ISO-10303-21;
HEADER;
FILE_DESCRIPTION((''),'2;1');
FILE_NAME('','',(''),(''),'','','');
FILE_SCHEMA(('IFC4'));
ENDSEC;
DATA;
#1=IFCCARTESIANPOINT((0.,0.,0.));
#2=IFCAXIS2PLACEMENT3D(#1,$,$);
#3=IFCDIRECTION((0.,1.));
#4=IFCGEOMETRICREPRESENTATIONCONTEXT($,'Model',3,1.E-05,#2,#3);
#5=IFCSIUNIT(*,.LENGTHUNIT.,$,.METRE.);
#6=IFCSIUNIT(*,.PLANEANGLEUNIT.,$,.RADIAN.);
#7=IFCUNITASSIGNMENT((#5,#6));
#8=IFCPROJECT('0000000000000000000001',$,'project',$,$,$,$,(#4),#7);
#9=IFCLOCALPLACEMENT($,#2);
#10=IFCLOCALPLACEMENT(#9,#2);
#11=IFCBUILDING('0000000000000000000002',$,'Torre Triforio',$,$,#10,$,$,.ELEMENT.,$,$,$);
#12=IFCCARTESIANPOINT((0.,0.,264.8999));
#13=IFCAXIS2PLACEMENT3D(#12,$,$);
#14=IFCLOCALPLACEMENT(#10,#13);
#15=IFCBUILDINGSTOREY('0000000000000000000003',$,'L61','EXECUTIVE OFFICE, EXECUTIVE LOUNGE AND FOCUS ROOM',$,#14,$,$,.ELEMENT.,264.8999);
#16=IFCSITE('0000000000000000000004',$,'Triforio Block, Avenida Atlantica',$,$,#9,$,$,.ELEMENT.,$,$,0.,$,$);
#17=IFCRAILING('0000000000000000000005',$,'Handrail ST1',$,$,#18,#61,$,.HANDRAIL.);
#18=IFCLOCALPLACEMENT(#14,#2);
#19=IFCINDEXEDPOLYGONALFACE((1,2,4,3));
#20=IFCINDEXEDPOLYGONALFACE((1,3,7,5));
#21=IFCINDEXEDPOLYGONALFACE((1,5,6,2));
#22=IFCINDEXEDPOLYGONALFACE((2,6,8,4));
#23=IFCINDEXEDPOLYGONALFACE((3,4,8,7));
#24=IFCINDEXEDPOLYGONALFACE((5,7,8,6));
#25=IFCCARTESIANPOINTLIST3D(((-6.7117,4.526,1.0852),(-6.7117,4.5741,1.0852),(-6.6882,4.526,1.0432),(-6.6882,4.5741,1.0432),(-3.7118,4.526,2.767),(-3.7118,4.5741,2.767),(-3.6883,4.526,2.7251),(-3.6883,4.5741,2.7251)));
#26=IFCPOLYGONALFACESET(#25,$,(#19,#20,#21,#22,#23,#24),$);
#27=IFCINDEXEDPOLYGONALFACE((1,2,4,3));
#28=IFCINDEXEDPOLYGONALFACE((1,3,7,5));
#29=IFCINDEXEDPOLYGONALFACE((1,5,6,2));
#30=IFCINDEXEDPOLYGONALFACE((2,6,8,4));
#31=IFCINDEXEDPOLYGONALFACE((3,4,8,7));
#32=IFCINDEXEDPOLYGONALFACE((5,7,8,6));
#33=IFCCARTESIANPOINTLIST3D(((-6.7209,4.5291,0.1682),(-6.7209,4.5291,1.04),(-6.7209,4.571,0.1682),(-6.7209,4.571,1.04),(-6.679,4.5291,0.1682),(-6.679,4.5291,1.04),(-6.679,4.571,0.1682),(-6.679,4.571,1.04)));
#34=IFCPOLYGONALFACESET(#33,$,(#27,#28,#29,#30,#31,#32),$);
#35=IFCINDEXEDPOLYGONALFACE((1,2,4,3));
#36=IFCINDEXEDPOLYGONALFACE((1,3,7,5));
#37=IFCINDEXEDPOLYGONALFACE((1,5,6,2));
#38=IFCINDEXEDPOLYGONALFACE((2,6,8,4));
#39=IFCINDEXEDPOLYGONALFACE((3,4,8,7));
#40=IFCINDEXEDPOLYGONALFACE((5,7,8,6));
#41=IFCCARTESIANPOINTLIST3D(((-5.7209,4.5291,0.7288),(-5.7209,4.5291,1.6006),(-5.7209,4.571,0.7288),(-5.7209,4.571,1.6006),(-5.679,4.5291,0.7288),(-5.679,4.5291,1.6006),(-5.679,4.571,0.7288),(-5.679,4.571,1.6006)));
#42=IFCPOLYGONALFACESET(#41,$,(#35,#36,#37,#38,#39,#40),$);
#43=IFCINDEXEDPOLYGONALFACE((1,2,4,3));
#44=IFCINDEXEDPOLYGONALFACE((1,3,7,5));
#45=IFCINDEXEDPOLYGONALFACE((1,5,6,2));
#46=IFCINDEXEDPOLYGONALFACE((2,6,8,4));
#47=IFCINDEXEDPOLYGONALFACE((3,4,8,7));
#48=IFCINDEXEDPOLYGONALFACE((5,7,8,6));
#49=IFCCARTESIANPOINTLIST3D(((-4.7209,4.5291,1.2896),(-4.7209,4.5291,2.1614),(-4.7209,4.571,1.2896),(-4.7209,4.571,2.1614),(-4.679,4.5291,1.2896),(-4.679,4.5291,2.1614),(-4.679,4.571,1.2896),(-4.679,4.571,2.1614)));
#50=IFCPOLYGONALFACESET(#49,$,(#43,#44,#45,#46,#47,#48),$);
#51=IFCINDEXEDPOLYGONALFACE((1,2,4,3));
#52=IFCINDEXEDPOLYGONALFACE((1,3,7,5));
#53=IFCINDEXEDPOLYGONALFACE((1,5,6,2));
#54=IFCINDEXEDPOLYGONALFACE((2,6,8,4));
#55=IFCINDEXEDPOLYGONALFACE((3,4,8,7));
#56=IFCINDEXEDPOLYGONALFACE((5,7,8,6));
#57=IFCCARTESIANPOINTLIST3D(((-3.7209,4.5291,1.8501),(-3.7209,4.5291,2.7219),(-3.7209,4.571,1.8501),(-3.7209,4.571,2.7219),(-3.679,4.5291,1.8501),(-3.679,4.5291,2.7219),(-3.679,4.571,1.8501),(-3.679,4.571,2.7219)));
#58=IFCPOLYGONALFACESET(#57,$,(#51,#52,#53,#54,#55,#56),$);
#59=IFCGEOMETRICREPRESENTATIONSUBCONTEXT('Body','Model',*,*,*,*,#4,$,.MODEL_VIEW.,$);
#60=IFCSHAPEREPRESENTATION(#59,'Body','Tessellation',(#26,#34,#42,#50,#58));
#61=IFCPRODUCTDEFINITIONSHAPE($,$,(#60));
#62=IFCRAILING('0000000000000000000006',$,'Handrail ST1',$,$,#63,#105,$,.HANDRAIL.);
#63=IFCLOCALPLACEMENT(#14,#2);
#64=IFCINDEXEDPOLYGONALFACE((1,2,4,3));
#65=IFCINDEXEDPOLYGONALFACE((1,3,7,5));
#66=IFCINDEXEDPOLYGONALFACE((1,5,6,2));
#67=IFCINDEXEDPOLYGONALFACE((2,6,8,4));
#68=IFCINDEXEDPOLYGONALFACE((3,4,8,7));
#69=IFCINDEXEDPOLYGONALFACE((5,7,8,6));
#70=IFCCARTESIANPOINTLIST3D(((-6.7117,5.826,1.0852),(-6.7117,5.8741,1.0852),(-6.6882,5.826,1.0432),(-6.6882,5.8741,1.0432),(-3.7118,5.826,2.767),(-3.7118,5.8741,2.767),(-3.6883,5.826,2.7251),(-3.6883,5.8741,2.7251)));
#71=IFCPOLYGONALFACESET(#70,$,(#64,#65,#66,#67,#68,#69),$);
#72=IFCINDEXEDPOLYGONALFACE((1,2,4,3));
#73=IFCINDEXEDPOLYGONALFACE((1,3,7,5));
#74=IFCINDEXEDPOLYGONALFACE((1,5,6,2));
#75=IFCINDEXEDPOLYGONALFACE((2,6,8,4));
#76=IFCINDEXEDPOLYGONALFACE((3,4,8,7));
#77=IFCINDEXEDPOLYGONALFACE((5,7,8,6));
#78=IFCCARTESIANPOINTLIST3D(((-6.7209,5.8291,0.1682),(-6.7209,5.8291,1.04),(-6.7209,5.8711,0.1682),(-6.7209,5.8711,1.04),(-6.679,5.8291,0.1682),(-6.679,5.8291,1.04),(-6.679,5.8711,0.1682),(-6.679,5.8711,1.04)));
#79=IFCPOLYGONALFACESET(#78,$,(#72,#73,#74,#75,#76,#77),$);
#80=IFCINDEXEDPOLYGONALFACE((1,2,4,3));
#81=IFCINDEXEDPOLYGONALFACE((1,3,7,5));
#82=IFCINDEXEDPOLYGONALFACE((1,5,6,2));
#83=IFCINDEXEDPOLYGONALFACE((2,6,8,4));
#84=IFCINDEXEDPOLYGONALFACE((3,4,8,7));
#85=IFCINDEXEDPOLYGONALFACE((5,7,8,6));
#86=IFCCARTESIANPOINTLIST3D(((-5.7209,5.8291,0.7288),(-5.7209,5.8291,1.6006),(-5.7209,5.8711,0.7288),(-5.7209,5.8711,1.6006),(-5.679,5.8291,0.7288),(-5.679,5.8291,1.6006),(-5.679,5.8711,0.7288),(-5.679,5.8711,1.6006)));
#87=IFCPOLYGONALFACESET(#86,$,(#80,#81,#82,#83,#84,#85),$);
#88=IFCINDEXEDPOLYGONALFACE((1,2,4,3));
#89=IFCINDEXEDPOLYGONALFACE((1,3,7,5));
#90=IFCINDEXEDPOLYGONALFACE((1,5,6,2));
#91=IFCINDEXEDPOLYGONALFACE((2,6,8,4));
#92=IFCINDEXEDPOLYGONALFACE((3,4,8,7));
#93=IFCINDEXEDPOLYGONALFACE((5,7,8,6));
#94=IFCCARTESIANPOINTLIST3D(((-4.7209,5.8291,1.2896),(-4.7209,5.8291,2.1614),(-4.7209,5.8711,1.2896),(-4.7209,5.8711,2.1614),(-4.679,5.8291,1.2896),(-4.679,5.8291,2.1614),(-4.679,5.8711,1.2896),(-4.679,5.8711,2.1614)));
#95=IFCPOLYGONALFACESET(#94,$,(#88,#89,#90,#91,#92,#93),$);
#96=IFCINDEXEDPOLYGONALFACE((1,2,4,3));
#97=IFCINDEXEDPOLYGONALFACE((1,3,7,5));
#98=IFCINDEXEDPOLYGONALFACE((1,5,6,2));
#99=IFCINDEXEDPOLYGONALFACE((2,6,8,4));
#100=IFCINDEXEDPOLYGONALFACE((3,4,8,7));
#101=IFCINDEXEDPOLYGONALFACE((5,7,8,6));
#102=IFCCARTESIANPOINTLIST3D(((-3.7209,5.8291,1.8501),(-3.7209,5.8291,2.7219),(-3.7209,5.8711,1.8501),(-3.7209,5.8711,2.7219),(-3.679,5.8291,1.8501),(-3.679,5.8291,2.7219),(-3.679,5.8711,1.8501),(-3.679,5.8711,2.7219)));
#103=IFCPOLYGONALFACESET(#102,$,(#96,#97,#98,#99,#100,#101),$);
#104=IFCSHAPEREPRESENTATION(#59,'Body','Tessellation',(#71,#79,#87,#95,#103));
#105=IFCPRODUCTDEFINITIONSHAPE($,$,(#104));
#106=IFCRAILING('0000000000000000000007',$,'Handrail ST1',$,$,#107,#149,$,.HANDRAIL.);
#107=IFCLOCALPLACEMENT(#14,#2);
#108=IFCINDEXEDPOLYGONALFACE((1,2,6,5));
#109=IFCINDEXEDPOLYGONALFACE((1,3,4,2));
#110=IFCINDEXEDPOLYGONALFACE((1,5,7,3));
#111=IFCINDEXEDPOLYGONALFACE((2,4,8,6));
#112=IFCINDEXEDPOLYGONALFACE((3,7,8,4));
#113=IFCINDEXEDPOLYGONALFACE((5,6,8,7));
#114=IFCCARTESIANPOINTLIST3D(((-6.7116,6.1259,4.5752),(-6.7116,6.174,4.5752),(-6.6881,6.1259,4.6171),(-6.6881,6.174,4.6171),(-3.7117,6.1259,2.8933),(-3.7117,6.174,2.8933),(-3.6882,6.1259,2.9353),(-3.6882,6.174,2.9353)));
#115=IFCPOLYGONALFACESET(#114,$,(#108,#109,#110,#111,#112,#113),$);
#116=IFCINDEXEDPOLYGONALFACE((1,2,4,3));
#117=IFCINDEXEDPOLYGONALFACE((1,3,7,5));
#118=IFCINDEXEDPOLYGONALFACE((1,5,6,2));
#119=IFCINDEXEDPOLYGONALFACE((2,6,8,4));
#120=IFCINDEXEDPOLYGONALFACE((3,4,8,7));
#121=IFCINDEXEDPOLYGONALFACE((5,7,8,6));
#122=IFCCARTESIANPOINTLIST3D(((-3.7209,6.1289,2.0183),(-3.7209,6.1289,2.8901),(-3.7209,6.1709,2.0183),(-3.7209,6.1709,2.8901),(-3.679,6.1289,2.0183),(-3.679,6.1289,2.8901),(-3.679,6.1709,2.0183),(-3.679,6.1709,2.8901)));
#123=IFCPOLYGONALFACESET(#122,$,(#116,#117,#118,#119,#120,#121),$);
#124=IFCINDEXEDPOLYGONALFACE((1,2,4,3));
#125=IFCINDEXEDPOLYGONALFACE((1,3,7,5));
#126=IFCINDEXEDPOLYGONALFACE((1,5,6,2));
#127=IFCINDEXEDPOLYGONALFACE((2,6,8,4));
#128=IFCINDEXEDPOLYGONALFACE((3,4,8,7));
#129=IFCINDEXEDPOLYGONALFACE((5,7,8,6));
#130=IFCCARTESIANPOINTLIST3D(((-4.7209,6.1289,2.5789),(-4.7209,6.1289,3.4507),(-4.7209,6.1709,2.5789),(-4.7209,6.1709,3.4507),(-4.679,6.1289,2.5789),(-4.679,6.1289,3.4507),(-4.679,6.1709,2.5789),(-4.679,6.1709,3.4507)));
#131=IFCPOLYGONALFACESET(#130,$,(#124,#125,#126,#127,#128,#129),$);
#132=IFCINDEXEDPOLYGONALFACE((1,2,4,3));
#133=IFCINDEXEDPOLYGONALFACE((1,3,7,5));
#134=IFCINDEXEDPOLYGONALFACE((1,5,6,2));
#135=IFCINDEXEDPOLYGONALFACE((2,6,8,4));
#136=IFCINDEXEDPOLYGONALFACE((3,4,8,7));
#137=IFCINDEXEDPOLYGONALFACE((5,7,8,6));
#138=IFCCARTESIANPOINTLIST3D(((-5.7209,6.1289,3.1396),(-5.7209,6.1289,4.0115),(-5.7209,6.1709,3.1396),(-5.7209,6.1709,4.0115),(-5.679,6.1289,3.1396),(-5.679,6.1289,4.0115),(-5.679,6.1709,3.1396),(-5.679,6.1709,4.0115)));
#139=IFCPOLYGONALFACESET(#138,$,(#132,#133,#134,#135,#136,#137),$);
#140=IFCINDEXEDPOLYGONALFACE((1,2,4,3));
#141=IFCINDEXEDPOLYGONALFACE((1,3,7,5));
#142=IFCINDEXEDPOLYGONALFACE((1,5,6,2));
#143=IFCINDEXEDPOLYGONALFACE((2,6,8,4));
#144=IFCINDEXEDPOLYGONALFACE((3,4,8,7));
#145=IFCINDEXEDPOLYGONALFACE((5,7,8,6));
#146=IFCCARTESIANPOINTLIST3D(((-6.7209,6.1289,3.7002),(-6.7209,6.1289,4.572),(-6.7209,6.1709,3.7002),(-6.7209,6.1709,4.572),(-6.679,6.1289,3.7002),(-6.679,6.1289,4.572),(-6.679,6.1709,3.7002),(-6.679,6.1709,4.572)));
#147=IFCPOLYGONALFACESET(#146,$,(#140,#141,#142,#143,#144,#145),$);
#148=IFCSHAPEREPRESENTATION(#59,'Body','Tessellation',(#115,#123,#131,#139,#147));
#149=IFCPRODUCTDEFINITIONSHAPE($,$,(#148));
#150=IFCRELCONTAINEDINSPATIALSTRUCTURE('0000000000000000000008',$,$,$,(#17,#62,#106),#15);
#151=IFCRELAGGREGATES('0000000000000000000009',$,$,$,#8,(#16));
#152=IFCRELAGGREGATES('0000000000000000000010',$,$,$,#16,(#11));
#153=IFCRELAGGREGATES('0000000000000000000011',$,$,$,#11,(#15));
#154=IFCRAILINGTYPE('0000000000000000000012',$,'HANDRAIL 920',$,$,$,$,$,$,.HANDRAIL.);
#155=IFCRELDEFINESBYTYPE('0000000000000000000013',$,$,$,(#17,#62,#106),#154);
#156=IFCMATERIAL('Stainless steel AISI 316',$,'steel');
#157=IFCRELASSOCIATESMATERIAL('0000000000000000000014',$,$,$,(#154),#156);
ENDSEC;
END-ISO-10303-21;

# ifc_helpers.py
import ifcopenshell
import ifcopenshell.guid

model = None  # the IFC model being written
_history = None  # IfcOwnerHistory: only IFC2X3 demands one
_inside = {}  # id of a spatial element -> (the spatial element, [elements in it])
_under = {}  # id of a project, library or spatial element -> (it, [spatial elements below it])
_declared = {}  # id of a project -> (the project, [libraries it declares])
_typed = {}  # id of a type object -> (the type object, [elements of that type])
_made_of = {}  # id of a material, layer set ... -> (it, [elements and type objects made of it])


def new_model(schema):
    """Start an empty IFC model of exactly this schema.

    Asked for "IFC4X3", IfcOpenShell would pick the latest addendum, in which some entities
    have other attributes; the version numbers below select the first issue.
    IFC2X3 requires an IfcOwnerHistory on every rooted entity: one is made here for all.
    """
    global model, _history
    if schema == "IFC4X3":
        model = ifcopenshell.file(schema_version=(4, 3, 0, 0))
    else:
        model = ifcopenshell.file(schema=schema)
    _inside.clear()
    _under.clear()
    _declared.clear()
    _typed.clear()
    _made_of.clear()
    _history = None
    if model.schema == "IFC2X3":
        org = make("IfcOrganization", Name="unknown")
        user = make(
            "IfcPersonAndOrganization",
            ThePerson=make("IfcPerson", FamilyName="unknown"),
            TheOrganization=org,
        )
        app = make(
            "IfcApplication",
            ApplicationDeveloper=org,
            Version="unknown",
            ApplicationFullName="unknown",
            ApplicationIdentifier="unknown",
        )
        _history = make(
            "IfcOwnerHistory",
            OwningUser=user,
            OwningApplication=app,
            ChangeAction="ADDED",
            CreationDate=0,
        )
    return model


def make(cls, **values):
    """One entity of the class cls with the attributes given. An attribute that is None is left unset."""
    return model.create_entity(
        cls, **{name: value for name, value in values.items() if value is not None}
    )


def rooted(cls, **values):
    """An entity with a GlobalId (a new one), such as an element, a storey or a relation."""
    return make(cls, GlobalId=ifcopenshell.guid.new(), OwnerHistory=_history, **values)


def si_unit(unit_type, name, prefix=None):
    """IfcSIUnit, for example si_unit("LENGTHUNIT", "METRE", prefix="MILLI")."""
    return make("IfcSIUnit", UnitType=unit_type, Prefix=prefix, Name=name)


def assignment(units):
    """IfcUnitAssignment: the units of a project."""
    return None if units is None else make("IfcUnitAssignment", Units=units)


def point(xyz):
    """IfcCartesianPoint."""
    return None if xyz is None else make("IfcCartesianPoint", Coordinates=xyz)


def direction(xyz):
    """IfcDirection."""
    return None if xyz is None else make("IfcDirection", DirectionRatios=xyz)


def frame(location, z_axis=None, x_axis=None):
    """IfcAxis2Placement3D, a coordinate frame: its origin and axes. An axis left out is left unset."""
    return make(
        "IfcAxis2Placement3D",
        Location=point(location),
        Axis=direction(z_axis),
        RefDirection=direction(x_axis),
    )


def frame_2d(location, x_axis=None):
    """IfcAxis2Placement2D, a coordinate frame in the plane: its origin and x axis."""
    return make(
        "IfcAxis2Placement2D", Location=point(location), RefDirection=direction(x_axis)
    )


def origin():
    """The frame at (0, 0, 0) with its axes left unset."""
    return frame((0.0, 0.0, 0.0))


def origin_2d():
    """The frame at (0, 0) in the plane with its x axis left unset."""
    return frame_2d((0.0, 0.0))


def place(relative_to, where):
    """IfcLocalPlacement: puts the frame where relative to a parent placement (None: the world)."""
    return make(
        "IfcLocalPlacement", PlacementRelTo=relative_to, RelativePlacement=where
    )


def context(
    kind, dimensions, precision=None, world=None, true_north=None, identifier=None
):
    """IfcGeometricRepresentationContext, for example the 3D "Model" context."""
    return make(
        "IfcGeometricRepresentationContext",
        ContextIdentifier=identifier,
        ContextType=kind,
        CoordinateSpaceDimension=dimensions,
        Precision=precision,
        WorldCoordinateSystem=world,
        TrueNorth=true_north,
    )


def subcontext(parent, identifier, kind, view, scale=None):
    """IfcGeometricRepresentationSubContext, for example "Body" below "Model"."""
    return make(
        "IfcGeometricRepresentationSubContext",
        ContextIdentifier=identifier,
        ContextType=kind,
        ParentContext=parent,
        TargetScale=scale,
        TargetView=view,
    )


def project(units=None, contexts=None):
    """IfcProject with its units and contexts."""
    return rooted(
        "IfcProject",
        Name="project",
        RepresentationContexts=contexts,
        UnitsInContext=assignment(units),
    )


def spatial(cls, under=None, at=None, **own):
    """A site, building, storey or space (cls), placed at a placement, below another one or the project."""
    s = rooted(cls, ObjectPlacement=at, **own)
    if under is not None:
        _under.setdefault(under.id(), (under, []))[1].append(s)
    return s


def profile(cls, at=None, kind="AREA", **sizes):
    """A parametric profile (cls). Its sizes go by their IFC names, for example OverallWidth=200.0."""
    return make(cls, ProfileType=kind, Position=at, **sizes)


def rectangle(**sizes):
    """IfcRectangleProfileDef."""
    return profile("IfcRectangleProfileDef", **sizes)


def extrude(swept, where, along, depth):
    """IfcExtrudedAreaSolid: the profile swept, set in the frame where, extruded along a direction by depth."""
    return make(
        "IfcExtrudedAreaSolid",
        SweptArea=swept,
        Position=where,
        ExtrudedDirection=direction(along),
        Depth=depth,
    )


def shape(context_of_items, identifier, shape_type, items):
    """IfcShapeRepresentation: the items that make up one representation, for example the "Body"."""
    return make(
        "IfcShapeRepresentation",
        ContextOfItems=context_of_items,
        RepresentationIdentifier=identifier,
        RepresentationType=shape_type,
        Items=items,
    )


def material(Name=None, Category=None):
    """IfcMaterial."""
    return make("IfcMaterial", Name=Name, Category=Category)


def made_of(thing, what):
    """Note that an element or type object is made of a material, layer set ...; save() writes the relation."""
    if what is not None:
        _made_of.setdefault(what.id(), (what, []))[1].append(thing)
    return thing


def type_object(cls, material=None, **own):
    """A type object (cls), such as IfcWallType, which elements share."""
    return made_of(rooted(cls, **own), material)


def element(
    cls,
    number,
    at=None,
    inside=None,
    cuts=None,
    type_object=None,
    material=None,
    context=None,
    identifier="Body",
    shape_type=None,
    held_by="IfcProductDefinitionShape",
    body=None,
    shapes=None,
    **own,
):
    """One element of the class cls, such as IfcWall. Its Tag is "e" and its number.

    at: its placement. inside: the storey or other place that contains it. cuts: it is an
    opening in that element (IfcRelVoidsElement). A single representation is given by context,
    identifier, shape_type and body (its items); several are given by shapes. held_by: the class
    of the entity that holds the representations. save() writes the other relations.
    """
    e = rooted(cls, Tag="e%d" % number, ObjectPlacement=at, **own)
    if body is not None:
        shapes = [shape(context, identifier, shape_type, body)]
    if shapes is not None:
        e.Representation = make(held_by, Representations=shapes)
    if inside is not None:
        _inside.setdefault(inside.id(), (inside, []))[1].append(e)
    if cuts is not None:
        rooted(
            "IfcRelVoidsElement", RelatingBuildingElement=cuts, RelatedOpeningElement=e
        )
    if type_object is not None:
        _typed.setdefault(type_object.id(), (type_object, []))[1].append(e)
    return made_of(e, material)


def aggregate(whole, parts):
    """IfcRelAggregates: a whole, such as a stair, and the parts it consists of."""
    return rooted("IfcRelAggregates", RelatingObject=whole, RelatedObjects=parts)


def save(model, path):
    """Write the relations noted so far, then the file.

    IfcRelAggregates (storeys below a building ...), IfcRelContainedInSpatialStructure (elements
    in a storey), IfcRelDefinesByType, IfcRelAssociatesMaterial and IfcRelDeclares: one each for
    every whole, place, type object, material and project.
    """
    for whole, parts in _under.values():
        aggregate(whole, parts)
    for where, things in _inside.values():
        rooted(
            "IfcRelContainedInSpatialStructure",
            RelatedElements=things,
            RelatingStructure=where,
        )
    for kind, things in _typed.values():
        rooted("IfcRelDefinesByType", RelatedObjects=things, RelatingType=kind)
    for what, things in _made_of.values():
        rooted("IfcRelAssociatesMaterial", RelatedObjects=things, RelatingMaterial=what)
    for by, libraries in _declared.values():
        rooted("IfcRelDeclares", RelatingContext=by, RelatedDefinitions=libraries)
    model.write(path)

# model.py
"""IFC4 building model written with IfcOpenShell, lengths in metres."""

from ifc_helpers import new_model, si_unit, direction, frame, origin, origin_2d, place, context, subcontext, project, spatial, rectangle, extrude, material, type_object, element, save


model = new_model("IFC4")

# Units and contexts
model_context = context("Model", 3, precision=1e-05, world=origin(), true_north=direction((0.0, 1.0)))
body_context = subcontext(model_context, "Body", "Model", "MODEL_VIEW")
ifc_project = project(units=[si_unit("LENGTHUNIT", "METRE"), si_unit("PLANEANGLEUNIT", "RADIAN")], contexts=[model_context])

# Site, building, storey
site_placement = place(None, origin())
site = spatial("IfcSite", under=ifc_project, at=site_placement, Name="Triforio Block, Avenida Atlantica", CompositionType="ELEMENT", RefElevation=0.0)
building_placement = place(site_placement, origin())
building = spatial("IfcBuilding", under=site, at=building_placement, Name="Torre Triforio", CompositionType="ELEMENT")
storey_placement = place(building_placement, frame((0.0, 0.0, 264.8999)))
storey = spatial("IfcBuildingStorey", under=building, at=storey_placement, Name="L61", Description="EXECUTIVE OFFICE, EXECUTIVE LOUNGE AND FOCUS ROOM", CompositionType="ELEMENT", Elevation=264.8999)

# Railings
ifc_material_1 = material(Name="Stainless steel AISI 316", Category="steel")
railing_type = type_object("IfcRailingType", Name="HANDRAIL 920", PredefinedType="HANDRAIL", material=ifc_material_1)
for number, where, name in (
    (1, (-6.7, 4.55, 0.1682), "Handrail ST1"),
    (2, (-6.7, 5.8501, 0.1682), "Handrail ST1"),
):
    element("IfcRailing", number, at=place(storey_placement, frame(where)), inside=storey, type_object=railing_type, Name=name, PredefinedType="HANDRAIL", context=body_context, shape_type="SweptSolid", body=[
        extrude(rectangle(XDim=0.0481, YDim=0.0481, at=origin_2d()), frame((0.0, 0.0, 0.896), z_axis=(0.872272, 0.0, 0.48902), x_axis=(0.0, 1.0, 0.0)), (0.0, 0.0, 1.0), 3.4392),
        extrude(rectangle(XDim=0.042, YDim=0.042, at=origin_2d()), origin(), (0.0, 0.0, 1.0), 0.8718),
        extrude(rectangle(XDim=0.042, YDim=0.042, at=origin_2d()), frame((1.0, 0.0, 0.5605)), (0.0, 0.0, 1.0), 0.8718),
        extrude(rectangle(XDim=0.042, YDim=0.042, at=origin_2d()), frame((2.0, 0.0, 1.1213)), (0.0, 0.0, 1.0), 0.8718),
        extrude(rectangle(XDim=0.042, YDim=0.042, at=origin_2d()), frame((3.0, 0.0, 1.6819)), (0.0, 0.0, 1.0), 0.8718),
    ])
railing_placement = place(storey_placement, frame((-3.7, 6.1499, 2.0183)))
element("IfcRailing", 3, at=railing_placement, inside=storey, type_object=railing_type, Name="Handrail ST1", PredefinedType="HANDRAIL", context=body_context, shape_type="SweptSolid", body=[
    extrude(rectangle(XDim=0.0481, YDim=0.0481, at=origin_2d()), frame((0.0, 0.0, 0.896), z_axis=(-0.872272, 0.0, 0.48902), x_axis=(0.0, -1.0, 0.0)), (0.0, 0.0, 1.0), 3.4392),
    extrude(rectangle(XDim=0.042, YDim=0.042, at=origin_2d()), origin(), (0.0, 0.0, 1.0), 0.8718),
    extrude(rectangle(XDim=0.042, YDim=0.042, at=origin_2d()), frame((-1.0, 0.0, 0.5605)), (0.0, 0.0, 1.0), 0.8718),
    extrude(rectangle(XDim=0.042, YDim=0.042, at=origin_2d()), frame((-2.0, 0.0, 1.1213)), (0.0, 0.0, 1.0), 0.8718),
    extrude(rectangle(XDim=0.042, YDim=0.042, at=origin_2d()), frame((-3.0, 0.0, 1.6819)), (0.0, 0.0, 1.0), 0.8718),
])

save(model, "model.ifc")
